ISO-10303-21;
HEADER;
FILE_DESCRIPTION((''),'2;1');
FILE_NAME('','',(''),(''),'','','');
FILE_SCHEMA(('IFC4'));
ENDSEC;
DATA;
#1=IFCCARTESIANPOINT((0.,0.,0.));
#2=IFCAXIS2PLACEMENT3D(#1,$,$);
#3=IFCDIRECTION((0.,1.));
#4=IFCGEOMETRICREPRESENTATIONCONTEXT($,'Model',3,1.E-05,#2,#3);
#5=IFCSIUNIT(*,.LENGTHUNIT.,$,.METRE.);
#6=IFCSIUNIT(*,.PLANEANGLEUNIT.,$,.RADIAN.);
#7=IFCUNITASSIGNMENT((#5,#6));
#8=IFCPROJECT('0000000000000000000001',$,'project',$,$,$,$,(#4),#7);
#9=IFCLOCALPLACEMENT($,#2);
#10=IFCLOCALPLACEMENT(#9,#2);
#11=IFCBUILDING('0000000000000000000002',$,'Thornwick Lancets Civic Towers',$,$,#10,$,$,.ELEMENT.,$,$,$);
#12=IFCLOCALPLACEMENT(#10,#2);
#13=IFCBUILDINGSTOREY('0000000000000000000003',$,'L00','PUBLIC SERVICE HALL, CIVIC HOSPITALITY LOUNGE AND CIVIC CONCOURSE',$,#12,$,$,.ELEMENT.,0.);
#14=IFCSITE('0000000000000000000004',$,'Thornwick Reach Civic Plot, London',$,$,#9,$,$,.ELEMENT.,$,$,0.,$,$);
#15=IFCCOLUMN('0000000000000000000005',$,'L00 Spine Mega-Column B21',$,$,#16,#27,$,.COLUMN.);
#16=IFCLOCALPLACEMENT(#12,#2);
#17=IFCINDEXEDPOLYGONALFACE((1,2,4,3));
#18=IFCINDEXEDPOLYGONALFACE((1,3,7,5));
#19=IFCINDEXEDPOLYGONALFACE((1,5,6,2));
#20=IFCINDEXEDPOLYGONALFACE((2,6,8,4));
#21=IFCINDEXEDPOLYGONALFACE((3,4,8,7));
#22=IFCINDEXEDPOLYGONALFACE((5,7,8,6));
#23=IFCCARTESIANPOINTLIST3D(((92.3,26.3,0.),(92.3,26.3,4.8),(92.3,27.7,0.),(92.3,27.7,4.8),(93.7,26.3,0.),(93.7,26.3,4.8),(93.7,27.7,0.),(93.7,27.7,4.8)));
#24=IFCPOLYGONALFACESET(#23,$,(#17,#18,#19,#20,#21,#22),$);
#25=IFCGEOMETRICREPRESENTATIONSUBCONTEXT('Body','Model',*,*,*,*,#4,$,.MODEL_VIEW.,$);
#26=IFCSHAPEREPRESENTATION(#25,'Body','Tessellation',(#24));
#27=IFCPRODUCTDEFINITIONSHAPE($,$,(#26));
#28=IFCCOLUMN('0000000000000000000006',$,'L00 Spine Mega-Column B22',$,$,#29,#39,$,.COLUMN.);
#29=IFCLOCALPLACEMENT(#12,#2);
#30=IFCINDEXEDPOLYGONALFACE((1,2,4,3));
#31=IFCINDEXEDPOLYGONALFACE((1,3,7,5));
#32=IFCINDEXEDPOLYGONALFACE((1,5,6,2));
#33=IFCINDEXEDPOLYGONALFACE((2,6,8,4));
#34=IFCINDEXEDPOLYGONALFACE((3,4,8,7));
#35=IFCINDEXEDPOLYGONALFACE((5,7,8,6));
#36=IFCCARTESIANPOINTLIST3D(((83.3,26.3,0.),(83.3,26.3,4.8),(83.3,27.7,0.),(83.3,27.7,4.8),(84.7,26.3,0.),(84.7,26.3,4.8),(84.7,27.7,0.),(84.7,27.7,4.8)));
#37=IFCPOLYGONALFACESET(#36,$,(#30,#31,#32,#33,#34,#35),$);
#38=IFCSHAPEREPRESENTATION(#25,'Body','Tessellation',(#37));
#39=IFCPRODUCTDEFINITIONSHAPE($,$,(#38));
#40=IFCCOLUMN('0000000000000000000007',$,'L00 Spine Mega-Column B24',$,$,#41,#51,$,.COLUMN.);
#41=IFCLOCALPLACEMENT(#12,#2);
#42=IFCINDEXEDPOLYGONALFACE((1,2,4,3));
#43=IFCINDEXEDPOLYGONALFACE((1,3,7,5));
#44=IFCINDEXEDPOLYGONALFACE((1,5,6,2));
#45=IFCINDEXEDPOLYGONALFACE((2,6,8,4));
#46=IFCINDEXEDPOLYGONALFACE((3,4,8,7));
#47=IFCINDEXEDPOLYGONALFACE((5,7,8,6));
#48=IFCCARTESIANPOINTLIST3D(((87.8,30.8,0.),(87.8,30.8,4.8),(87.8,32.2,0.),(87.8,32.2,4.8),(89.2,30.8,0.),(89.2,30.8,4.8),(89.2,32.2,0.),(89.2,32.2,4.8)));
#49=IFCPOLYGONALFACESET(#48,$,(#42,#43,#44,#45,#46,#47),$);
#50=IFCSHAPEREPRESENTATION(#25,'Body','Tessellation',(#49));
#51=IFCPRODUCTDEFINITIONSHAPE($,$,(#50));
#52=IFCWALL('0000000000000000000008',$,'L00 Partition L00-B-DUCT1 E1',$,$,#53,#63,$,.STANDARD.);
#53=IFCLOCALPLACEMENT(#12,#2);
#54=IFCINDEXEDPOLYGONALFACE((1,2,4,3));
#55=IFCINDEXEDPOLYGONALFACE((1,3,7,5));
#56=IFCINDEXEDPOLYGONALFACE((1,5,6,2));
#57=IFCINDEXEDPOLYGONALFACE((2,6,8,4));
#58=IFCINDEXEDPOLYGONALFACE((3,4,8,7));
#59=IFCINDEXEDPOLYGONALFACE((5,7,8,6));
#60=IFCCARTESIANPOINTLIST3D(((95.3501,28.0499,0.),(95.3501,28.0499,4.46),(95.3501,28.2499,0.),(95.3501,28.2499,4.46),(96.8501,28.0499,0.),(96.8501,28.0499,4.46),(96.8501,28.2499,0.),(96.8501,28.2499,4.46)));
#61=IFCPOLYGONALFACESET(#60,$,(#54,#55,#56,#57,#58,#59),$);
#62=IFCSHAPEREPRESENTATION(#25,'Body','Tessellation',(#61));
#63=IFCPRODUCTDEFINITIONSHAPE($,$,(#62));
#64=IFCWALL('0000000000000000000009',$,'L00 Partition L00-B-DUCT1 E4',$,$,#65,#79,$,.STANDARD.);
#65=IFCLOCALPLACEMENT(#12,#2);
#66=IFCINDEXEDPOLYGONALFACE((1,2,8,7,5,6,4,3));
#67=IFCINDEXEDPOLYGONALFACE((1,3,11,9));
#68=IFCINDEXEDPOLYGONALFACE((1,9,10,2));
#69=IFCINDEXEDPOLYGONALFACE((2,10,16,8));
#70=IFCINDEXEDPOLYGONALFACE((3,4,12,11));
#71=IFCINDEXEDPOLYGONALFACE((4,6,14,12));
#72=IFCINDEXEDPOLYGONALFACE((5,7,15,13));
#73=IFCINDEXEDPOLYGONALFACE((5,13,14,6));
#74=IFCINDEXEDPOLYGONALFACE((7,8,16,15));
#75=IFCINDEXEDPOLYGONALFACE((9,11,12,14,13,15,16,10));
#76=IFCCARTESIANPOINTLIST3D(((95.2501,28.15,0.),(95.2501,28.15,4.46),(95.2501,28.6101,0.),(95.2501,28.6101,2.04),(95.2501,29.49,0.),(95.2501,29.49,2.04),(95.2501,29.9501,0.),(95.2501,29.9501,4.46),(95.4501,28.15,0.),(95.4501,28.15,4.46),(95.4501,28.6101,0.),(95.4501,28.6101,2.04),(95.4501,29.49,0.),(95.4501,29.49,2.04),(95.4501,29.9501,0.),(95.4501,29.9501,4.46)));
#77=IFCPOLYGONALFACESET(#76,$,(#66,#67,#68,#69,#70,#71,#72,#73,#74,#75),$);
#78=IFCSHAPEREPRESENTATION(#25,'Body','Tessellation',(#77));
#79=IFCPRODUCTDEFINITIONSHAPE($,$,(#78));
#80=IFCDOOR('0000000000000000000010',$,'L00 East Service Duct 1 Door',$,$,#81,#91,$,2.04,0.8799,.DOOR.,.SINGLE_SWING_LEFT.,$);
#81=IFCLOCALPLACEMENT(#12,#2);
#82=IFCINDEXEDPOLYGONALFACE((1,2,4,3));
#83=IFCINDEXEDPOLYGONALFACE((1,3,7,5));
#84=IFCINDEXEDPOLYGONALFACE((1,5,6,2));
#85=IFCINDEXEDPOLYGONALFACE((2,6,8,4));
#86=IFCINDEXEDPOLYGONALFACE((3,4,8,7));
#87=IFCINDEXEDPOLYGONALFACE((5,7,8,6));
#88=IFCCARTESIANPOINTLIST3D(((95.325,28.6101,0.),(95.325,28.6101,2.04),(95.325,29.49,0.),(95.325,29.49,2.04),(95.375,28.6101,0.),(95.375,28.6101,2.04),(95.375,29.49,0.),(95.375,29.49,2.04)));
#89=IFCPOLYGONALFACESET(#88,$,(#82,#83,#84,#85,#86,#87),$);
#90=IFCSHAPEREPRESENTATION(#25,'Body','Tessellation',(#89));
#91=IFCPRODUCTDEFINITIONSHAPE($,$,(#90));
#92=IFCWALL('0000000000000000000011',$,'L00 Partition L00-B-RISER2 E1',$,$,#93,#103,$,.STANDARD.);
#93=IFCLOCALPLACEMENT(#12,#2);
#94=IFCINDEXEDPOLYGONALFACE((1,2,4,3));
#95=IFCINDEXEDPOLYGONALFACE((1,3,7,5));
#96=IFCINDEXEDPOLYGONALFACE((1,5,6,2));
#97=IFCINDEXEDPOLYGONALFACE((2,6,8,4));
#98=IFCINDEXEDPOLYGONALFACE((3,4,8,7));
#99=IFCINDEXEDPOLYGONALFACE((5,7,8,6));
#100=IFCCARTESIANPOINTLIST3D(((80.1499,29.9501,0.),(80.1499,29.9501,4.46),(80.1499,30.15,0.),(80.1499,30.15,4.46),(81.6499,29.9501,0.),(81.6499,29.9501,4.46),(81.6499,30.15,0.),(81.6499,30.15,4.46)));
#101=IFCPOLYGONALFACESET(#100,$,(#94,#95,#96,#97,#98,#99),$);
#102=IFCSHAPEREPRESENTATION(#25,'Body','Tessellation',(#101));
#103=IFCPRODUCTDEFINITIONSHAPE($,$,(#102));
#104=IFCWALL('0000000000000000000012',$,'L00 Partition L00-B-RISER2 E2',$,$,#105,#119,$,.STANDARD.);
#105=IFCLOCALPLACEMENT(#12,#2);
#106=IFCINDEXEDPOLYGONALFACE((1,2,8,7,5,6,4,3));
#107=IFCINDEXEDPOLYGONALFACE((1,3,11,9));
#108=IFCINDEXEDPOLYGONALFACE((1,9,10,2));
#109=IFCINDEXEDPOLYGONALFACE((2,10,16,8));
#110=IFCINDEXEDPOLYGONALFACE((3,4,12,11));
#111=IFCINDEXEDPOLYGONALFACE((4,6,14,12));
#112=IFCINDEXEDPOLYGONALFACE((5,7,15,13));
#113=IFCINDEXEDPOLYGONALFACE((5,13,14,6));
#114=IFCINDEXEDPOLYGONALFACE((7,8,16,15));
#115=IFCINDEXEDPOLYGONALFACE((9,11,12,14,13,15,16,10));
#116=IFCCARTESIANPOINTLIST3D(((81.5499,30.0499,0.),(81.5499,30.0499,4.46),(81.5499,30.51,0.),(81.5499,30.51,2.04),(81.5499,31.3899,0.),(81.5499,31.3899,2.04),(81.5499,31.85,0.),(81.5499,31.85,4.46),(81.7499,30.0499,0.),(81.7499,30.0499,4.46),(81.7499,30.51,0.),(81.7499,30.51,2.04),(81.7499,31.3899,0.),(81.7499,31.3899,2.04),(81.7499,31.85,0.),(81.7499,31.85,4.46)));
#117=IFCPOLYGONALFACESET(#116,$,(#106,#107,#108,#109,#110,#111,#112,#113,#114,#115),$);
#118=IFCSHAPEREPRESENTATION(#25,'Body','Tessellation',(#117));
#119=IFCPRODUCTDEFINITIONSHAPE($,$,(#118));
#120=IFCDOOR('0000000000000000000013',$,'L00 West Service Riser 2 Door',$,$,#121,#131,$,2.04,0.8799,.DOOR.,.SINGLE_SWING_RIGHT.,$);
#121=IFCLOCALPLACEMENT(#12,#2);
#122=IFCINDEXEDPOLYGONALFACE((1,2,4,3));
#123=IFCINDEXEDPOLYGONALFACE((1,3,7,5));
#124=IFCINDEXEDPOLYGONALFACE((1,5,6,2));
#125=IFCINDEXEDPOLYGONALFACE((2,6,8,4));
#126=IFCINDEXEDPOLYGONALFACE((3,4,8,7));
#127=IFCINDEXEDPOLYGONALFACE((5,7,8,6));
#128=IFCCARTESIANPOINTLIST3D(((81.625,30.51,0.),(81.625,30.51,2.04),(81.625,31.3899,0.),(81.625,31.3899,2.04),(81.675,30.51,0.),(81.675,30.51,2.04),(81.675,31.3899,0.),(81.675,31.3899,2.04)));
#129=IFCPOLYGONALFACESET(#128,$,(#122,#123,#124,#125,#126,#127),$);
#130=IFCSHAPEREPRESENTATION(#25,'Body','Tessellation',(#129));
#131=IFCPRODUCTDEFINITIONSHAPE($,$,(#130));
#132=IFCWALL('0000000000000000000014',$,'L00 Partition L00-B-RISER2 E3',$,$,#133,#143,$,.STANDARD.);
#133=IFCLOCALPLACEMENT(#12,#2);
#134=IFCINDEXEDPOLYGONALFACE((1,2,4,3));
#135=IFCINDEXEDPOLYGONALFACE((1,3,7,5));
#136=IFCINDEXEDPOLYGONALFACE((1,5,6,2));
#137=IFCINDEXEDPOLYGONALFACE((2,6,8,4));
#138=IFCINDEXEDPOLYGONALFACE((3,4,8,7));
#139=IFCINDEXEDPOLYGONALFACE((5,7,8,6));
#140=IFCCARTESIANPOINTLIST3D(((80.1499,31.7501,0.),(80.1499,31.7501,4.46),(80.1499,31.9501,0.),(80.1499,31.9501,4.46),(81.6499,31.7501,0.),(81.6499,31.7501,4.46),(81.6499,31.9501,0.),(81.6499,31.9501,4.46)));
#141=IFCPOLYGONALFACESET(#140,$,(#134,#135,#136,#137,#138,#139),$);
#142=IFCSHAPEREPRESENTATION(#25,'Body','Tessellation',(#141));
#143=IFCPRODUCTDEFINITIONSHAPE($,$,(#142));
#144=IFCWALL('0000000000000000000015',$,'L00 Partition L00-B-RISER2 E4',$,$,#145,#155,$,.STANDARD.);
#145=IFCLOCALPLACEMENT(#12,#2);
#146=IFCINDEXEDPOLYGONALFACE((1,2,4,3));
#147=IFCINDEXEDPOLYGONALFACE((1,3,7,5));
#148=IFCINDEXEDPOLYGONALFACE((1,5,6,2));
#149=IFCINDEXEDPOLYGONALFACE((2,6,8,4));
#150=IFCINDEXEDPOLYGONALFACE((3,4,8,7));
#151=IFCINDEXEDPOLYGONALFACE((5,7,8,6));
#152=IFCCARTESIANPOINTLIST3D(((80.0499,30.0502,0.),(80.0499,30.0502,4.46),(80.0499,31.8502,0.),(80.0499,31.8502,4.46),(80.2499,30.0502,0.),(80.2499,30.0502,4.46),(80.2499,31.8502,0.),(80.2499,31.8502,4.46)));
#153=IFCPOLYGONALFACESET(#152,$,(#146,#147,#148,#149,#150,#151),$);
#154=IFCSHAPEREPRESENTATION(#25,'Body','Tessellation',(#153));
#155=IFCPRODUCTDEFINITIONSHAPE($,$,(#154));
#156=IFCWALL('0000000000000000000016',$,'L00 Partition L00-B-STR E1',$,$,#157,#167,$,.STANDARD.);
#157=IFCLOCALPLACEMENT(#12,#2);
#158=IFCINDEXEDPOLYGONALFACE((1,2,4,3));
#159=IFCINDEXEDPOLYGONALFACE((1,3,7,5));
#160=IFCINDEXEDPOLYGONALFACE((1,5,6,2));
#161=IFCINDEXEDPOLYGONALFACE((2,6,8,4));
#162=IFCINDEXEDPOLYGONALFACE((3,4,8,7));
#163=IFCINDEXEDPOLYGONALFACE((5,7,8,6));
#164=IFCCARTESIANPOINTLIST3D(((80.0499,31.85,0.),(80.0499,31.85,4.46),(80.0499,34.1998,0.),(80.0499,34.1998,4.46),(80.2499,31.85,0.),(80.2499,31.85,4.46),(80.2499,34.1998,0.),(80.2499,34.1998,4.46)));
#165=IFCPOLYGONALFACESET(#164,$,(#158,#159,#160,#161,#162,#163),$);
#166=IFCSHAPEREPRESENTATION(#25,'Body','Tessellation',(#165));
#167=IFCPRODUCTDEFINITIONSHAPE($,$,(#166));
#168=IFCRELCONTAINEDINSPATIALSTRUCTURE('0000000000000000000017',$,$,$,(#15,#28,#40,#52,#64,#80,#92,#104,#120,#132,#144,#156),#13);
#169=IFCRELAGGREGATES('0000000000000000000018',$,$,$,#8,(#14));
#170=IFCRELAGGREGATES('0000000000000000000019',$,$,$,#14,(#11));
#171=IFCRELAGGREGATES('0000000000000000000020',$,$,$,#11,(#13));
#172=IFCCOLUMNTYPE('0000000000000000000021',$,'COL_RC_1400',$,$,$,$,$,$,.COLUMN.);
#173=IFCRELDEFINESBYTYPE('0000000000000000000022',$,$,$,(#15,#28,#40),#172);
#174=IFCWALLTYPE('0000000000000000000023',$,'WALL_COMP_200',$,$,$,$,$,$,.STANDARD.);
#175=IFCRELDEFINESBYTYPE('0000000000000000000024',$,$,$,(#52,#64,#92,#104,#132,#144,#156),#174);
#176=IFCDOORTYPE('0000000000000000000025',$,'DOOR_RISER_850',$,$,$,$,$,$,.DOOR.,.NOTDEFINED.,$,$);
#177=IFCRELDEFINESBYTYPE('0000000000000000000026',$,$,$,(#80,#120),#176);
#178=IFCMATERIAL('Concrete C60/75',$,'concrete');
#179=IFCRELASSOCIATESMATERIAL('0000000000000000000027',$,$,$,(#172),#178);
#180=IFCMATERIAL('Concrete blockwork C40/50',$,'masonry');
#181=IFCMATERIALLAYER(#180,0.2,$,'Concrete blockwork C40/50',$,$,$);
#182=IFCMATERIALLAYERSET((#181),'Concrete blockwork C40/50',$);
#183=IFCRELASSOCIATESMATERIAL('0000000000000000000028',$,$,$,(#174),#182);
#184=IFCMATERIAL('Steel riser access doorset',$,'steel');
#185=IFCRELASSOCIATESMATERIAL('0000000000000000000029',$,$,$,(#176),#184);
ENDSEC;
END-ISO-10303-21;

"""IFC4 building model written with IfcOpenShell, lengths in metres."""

from ifc_helpers import new_model, si_unit, direction, frame, frame_2d, origin, origin_2d, place, context, subcontext, project, spatial, rectangle, extrude, material, layer, layer_set, material_profile, profile_set, type_object, element, fill, save


model = new_model("IFC4")

# Units and contexts
model_context = context("Model", 3, precision=1e-05, world=origin(), true_north=direction((0.0, 1.0)))
body_context = subcontext(model_context, "Body", "Model", "MODEL_VIEW")
ifc_project = project(units=[si_unit("LENGTHUNIT", "METRE"), si_unit("PLANEANGLEUNIT", "RADIAN")], contexts=[model_context])

# Site, building, storey
site_placement = place(None, origin())
site = spatial("IfcSite", under=ifc_project, at=site_placement, Name="Thornwick Reach Civic Plot, London", CompositionType="ELEMENT", RefElevation=0.0)
building_placement = place(site_placement, origin())
building = spatial("IfcBuilding", under=site, at=building_placement, Name="Thornwick Lancets Civic Towers", CompositionType="ELEMENT")
storey_placement = place(building_placement, origin())
storey = spatial("IfcBuildingStorey", under=building, at=storey_placement, Name="L00", Description="PUBLIC SERVICE HALL, CIVIC HOSPITALITY LOUNGE AND CIVIC CONCOURSE", CompositionType="ELEMENT", Elevation=0.0)

# Columns
ifc_material_1 = material(Name="Concrete C60/75", Category="concrete")
ifc_material_profile = material_profile(ifc_material_1, rectangle(XDim=1.3999, YDim=1.3999, at=origin_2d()), Name="RC 1400x1400")
ifc_profile_set = profile_set([ifc_material_profile], Name="Concrete C60/75")
column_type = type_object("IfcColumnType", Name="COL_RC_1400", PredefinedType="COLUMN", material=ifc_profile_set)
for number, where, z_axis, x_axis, name in (
    (1, (93.0, 27.0, 0.0), (0.0, 0.0, 1.0), (1.0, 0.0, 0.0), "L00 Spine Mega-Column B21"),
    (2, (84.0, 27.0, 0.0), (0.0, 0.0, 1.0), (1.0, 0.0, 0.0), "L00 Spine Mega-Column B22"),
    (3, (88.5, 31.5, 0.0), (0.0, 0.0, 1.0), (1.0, 0.0, 0.0), "L00 Spine Mega-Column B24"),
):
    element("IfcColumn", number, at=place(storey_placement, frame(where, z_axis=z_axis, x_axis=x_axis)), inside=storey, type_object=column_type, Name=name, PredefinedType="COLUMN", context=body_context, shape_type="SweptSolid", body=[
        extrude(rectangle(XDim=1.3999, YDim=1.3999, at=origin_2d()), origin(), (0.0, 0.0, 1.0), 4.8),
    ])

# Wall
ifc_material_2 = material(Name="Concrete blockwork C40/50", Category="masonry")
ifc_layer_1 = layer(ifc_material_2, 0.2, Name="Concrete blockwork C40/50")
ifc_layer_set_1 = layer_set([ifc_layer_1], Name="Concrete blockwork C40/50")
wall_type_1 = type_object("IfcWallType", Name="WALL_COMP_200", PredefinedType="STANDARD", material=ifc_layer_set_1)
wall_1_placement = place(storey_placement, frame((95.3501, 28.1499, 0.0), z_axis=(0.0, 0.0, 1.0), x_axis=(1.0, 0.0, 0.0)))
element("IfcWall", 4, at=wall_1_placement, inside=storey, type_object=wall_type_1, Name="L00 Partition L00-B-DUCT1 E1", PredefinedType="STANDARD", context=body_context, shape_type="SweptSolid", body=[
    extrude(rectangle(XDim=1.5, YDim=0.2, at=frame_2d((0.75, 0.0))), origin(), (0.0, 0.0, 1.0), 4.46),
])

# Wall, opening, door
wall_2_placement = place(storey_placement, frame((95.3501, 29.95, 0.0), z_axis=(0.0, 0.0, 1.0), x_axis=(0.0, -1.0, 0.0)))
wall_2 = element("IfcWall", 5, at=wall_2_placement, inside=storey, type_object=wall_type_1, Name="L00 Partition L00-B-DUCT1 E4", PredefinedType="STANDARD", context=body_context, shape_type="SweptSolid", body=[
    extrude(rectangle(XDim=1.8, YDim=0.2, at=frame_2d((0.8999, 0.0))), origin(), (0.0, 0.0, 1.0), 4.46),
])
opening_1_placement = place(wall_2_placement, frame((0.46, 0.0, 0.0)))
opening_1 = element("IfcOpeningElement", 6, at=opening_1_placement, cuts=wall_2, PredefinedType="OPENING", context=body_context, shape_type="SweptSolid", body=[
    extrude(rectangle(XDim=0.8799, YDim=2.04, at=frame_2d((0.4399, 1.02))), frame((0.0, 0.1099, 0.0), z_axis=(0.0, -1.0, 0.0), x_axis=(1.0, 0.0, 0.0)), (0.0, 0.0, 1.0), 0.22),
])
ifc_material_3 = material(Name="Steel riser access doorset", Category="steel")
door_type_1 = type_object("IfcDoorType", Name="DOOR_RISER_850", OperationType="NOTDEFINED", PredefinedType="DOOR", material=ifc_material_3)
door_1_placement = place(opening_1_placement, origin())
door_1 = element("IfcDoor", 7, at=door_1_placement, inside=storey, type_object=door_type_1, Name="L00 East Service Duct 1 Door", OperationType="SINGLE_SWING_LEFT", OverallHeight=2.04, OverallWidth=0.8799, PredefinedType="DOOR", context=body_context, shape_type="SweptSolid", body=[
    extrude(rectangle(XDim=0.8799, YDim=2.04, at=frame_2d((0.4399, 1.02))), frame((0.0, 0.0249, 0.0), z_axis=(0.0, -1.0, 0.0), x_axis=(1.0, 0.0, 0.0)), (0.0, 0.0, 1.0), 0.05),
])
fill(opening_1, door_1)

# Wall
wall_3_placement = place(storey_placement, frame((80.1499, 30.05, 0.0), z_axis=(0.0, 0.0, 1.0), x_axis=(1.0, 0.0, 0.0)))
element("IfcWall", 8, at=wall_3_placement, inside=storey, type_object=wall_type_1, Name="L00 Partition L00-B-RISER2 E1", PredefinedType="STANDARD", context=body_context, shape_type="SweptSolid", body=[
    extrude(rectangle(XDim=1.5, YDim=0.2, at=frame_2d((0.75, 0.0))), origin(), (0.0, 0.0, 1.0), 4.46),
])

# Wall, opening, door
wall_4_placement = place(storey_placement, frame((81.6499, 30.05, 0.0), z_axis=(0.0, 0.0, 1.0), x_axis=(0.0, 1.0, 0.0)))
wall_4 = element("IfcWall", 9, at=wall_4_placement, inside=storey, type_object=wall_type_1, Name="L00 Partition L00-B-RISER2 E2", PredefinedType="STANDARD", context=body_context, shape_type="SweptSolid", body=[
    extrude(rectangle(XDim=1.8, YDim=0.2, at=frame_2d((0.8999, 0.0))), origin(), (0.0, 0.0, 1.0), 4.46),
])
opening_2_placement = place(wall_4_placement, frame((0.46, 0.0, 0.0)))
opening_2 = element("IfcOpeningElement", 10, at=opening_2_placement, cuts=wall_4, PredefinedType="OPENING", context=body_context, shape_type="SweptSolid", body=[
    extrude(rectangle(XDim=0.8799, YDim=2.04, at=frame_2d((0.4399, 1.02))), frame((0.0, 0.1099, 0.0), z_axis=(0.0, -1.0, 0.0), x_axis=(1.0, 0.0, 0.0)), (0.0, 0.0, 1.0), 0.22),
])
door_2_placement = place(opening_2_placement, origin())
door_2 = element("IfcDoor", 11, at=door_2_placement, inside=storey, type_object=door_type_1, Name="L00 West Service Riser 2 Door", OperationType="SINGLE_SWING_RIGHT", OverallHeight=2.04, OverallWidth=0.8799, PredefinedType="DOOR", context=body_context, shape_type="SweptSolid", body=[
    extrude(rectangle(XDim=0.8799, YDim=2.04, at=frame_2d((0.4399, 1.02))), frame((0.0, 0.0249, 0.0), z_axis=(0.0, -1.0, 0.0), x_axis=(1.0, 0.0, 0.0)), (0.0, 0.0, 1.0), 0.05),
])
fill(opening_2, door_2)

# Walls
wall_5_placement = place(storey_placement, frame((81.6499, 31.8501, 0.0), z_axis=(0.0, 0.0, 1.0), x_axis=(-1.0, 0.0, 0.0)))
element("IfcWall", 12, at=wall_5_placement, inside=storey, type_object=wall_type_1, Name="L00 Partition L00-B-RISER2 E3", PredefinedType="STANDARD", context=body_context, shape_type="SweptSolid", body=[
    extrude(rectangle(XDim=1.5, YDim=0.2, at=frame_2d((0.75, 0.0))), origin(), (0.0, 0.0, 1.0), 4.46),
])
wall_6_placement = place(storey_placement, frame((80.1499, 31.8501, 0.0), z_axis=(0.0, 0.0, 1.0), x_axis=(0.0, -1.0, 0.0)))
element("IfcWall", 13, at=wall_6_placement, inside=storey, type_object=wall_type_1, Name="L00 Partition L00-B-RISER2 E4", PredefinedType="STANDARD", context=body_context, shape_type="SweptSolid", body=[
    extrude(rectangle(XDim=1.8, YDim=0.2, at=frame_2d((0.8999, 0.0))), origin(), (0.0, 0.0, 1.0), 4.46),
])
wall_7_placement = place(storey_placement, frame((80.1499, 31.8501, 0.0), z_axis=(0.0, 0.0, 1.0), x_axis=(0.0, 1.0, 0.0)))
element("IfcWall", 14, at=wall_7_placement, inside=storey, type_object=wall_type_1, Name="L00 Partition L00-B-STR E1", PredefinedType="STANDARD", context=body_context, shape_type="SweptSolid", body=[
    extrude(rectangle(XDim=2.3499, YDim=0.2, at=frame_2d((1.1748, 0.0))), origin(), (0.0, 0.0, 1.0), 4.46),
])

save(model, "model.ifc")
